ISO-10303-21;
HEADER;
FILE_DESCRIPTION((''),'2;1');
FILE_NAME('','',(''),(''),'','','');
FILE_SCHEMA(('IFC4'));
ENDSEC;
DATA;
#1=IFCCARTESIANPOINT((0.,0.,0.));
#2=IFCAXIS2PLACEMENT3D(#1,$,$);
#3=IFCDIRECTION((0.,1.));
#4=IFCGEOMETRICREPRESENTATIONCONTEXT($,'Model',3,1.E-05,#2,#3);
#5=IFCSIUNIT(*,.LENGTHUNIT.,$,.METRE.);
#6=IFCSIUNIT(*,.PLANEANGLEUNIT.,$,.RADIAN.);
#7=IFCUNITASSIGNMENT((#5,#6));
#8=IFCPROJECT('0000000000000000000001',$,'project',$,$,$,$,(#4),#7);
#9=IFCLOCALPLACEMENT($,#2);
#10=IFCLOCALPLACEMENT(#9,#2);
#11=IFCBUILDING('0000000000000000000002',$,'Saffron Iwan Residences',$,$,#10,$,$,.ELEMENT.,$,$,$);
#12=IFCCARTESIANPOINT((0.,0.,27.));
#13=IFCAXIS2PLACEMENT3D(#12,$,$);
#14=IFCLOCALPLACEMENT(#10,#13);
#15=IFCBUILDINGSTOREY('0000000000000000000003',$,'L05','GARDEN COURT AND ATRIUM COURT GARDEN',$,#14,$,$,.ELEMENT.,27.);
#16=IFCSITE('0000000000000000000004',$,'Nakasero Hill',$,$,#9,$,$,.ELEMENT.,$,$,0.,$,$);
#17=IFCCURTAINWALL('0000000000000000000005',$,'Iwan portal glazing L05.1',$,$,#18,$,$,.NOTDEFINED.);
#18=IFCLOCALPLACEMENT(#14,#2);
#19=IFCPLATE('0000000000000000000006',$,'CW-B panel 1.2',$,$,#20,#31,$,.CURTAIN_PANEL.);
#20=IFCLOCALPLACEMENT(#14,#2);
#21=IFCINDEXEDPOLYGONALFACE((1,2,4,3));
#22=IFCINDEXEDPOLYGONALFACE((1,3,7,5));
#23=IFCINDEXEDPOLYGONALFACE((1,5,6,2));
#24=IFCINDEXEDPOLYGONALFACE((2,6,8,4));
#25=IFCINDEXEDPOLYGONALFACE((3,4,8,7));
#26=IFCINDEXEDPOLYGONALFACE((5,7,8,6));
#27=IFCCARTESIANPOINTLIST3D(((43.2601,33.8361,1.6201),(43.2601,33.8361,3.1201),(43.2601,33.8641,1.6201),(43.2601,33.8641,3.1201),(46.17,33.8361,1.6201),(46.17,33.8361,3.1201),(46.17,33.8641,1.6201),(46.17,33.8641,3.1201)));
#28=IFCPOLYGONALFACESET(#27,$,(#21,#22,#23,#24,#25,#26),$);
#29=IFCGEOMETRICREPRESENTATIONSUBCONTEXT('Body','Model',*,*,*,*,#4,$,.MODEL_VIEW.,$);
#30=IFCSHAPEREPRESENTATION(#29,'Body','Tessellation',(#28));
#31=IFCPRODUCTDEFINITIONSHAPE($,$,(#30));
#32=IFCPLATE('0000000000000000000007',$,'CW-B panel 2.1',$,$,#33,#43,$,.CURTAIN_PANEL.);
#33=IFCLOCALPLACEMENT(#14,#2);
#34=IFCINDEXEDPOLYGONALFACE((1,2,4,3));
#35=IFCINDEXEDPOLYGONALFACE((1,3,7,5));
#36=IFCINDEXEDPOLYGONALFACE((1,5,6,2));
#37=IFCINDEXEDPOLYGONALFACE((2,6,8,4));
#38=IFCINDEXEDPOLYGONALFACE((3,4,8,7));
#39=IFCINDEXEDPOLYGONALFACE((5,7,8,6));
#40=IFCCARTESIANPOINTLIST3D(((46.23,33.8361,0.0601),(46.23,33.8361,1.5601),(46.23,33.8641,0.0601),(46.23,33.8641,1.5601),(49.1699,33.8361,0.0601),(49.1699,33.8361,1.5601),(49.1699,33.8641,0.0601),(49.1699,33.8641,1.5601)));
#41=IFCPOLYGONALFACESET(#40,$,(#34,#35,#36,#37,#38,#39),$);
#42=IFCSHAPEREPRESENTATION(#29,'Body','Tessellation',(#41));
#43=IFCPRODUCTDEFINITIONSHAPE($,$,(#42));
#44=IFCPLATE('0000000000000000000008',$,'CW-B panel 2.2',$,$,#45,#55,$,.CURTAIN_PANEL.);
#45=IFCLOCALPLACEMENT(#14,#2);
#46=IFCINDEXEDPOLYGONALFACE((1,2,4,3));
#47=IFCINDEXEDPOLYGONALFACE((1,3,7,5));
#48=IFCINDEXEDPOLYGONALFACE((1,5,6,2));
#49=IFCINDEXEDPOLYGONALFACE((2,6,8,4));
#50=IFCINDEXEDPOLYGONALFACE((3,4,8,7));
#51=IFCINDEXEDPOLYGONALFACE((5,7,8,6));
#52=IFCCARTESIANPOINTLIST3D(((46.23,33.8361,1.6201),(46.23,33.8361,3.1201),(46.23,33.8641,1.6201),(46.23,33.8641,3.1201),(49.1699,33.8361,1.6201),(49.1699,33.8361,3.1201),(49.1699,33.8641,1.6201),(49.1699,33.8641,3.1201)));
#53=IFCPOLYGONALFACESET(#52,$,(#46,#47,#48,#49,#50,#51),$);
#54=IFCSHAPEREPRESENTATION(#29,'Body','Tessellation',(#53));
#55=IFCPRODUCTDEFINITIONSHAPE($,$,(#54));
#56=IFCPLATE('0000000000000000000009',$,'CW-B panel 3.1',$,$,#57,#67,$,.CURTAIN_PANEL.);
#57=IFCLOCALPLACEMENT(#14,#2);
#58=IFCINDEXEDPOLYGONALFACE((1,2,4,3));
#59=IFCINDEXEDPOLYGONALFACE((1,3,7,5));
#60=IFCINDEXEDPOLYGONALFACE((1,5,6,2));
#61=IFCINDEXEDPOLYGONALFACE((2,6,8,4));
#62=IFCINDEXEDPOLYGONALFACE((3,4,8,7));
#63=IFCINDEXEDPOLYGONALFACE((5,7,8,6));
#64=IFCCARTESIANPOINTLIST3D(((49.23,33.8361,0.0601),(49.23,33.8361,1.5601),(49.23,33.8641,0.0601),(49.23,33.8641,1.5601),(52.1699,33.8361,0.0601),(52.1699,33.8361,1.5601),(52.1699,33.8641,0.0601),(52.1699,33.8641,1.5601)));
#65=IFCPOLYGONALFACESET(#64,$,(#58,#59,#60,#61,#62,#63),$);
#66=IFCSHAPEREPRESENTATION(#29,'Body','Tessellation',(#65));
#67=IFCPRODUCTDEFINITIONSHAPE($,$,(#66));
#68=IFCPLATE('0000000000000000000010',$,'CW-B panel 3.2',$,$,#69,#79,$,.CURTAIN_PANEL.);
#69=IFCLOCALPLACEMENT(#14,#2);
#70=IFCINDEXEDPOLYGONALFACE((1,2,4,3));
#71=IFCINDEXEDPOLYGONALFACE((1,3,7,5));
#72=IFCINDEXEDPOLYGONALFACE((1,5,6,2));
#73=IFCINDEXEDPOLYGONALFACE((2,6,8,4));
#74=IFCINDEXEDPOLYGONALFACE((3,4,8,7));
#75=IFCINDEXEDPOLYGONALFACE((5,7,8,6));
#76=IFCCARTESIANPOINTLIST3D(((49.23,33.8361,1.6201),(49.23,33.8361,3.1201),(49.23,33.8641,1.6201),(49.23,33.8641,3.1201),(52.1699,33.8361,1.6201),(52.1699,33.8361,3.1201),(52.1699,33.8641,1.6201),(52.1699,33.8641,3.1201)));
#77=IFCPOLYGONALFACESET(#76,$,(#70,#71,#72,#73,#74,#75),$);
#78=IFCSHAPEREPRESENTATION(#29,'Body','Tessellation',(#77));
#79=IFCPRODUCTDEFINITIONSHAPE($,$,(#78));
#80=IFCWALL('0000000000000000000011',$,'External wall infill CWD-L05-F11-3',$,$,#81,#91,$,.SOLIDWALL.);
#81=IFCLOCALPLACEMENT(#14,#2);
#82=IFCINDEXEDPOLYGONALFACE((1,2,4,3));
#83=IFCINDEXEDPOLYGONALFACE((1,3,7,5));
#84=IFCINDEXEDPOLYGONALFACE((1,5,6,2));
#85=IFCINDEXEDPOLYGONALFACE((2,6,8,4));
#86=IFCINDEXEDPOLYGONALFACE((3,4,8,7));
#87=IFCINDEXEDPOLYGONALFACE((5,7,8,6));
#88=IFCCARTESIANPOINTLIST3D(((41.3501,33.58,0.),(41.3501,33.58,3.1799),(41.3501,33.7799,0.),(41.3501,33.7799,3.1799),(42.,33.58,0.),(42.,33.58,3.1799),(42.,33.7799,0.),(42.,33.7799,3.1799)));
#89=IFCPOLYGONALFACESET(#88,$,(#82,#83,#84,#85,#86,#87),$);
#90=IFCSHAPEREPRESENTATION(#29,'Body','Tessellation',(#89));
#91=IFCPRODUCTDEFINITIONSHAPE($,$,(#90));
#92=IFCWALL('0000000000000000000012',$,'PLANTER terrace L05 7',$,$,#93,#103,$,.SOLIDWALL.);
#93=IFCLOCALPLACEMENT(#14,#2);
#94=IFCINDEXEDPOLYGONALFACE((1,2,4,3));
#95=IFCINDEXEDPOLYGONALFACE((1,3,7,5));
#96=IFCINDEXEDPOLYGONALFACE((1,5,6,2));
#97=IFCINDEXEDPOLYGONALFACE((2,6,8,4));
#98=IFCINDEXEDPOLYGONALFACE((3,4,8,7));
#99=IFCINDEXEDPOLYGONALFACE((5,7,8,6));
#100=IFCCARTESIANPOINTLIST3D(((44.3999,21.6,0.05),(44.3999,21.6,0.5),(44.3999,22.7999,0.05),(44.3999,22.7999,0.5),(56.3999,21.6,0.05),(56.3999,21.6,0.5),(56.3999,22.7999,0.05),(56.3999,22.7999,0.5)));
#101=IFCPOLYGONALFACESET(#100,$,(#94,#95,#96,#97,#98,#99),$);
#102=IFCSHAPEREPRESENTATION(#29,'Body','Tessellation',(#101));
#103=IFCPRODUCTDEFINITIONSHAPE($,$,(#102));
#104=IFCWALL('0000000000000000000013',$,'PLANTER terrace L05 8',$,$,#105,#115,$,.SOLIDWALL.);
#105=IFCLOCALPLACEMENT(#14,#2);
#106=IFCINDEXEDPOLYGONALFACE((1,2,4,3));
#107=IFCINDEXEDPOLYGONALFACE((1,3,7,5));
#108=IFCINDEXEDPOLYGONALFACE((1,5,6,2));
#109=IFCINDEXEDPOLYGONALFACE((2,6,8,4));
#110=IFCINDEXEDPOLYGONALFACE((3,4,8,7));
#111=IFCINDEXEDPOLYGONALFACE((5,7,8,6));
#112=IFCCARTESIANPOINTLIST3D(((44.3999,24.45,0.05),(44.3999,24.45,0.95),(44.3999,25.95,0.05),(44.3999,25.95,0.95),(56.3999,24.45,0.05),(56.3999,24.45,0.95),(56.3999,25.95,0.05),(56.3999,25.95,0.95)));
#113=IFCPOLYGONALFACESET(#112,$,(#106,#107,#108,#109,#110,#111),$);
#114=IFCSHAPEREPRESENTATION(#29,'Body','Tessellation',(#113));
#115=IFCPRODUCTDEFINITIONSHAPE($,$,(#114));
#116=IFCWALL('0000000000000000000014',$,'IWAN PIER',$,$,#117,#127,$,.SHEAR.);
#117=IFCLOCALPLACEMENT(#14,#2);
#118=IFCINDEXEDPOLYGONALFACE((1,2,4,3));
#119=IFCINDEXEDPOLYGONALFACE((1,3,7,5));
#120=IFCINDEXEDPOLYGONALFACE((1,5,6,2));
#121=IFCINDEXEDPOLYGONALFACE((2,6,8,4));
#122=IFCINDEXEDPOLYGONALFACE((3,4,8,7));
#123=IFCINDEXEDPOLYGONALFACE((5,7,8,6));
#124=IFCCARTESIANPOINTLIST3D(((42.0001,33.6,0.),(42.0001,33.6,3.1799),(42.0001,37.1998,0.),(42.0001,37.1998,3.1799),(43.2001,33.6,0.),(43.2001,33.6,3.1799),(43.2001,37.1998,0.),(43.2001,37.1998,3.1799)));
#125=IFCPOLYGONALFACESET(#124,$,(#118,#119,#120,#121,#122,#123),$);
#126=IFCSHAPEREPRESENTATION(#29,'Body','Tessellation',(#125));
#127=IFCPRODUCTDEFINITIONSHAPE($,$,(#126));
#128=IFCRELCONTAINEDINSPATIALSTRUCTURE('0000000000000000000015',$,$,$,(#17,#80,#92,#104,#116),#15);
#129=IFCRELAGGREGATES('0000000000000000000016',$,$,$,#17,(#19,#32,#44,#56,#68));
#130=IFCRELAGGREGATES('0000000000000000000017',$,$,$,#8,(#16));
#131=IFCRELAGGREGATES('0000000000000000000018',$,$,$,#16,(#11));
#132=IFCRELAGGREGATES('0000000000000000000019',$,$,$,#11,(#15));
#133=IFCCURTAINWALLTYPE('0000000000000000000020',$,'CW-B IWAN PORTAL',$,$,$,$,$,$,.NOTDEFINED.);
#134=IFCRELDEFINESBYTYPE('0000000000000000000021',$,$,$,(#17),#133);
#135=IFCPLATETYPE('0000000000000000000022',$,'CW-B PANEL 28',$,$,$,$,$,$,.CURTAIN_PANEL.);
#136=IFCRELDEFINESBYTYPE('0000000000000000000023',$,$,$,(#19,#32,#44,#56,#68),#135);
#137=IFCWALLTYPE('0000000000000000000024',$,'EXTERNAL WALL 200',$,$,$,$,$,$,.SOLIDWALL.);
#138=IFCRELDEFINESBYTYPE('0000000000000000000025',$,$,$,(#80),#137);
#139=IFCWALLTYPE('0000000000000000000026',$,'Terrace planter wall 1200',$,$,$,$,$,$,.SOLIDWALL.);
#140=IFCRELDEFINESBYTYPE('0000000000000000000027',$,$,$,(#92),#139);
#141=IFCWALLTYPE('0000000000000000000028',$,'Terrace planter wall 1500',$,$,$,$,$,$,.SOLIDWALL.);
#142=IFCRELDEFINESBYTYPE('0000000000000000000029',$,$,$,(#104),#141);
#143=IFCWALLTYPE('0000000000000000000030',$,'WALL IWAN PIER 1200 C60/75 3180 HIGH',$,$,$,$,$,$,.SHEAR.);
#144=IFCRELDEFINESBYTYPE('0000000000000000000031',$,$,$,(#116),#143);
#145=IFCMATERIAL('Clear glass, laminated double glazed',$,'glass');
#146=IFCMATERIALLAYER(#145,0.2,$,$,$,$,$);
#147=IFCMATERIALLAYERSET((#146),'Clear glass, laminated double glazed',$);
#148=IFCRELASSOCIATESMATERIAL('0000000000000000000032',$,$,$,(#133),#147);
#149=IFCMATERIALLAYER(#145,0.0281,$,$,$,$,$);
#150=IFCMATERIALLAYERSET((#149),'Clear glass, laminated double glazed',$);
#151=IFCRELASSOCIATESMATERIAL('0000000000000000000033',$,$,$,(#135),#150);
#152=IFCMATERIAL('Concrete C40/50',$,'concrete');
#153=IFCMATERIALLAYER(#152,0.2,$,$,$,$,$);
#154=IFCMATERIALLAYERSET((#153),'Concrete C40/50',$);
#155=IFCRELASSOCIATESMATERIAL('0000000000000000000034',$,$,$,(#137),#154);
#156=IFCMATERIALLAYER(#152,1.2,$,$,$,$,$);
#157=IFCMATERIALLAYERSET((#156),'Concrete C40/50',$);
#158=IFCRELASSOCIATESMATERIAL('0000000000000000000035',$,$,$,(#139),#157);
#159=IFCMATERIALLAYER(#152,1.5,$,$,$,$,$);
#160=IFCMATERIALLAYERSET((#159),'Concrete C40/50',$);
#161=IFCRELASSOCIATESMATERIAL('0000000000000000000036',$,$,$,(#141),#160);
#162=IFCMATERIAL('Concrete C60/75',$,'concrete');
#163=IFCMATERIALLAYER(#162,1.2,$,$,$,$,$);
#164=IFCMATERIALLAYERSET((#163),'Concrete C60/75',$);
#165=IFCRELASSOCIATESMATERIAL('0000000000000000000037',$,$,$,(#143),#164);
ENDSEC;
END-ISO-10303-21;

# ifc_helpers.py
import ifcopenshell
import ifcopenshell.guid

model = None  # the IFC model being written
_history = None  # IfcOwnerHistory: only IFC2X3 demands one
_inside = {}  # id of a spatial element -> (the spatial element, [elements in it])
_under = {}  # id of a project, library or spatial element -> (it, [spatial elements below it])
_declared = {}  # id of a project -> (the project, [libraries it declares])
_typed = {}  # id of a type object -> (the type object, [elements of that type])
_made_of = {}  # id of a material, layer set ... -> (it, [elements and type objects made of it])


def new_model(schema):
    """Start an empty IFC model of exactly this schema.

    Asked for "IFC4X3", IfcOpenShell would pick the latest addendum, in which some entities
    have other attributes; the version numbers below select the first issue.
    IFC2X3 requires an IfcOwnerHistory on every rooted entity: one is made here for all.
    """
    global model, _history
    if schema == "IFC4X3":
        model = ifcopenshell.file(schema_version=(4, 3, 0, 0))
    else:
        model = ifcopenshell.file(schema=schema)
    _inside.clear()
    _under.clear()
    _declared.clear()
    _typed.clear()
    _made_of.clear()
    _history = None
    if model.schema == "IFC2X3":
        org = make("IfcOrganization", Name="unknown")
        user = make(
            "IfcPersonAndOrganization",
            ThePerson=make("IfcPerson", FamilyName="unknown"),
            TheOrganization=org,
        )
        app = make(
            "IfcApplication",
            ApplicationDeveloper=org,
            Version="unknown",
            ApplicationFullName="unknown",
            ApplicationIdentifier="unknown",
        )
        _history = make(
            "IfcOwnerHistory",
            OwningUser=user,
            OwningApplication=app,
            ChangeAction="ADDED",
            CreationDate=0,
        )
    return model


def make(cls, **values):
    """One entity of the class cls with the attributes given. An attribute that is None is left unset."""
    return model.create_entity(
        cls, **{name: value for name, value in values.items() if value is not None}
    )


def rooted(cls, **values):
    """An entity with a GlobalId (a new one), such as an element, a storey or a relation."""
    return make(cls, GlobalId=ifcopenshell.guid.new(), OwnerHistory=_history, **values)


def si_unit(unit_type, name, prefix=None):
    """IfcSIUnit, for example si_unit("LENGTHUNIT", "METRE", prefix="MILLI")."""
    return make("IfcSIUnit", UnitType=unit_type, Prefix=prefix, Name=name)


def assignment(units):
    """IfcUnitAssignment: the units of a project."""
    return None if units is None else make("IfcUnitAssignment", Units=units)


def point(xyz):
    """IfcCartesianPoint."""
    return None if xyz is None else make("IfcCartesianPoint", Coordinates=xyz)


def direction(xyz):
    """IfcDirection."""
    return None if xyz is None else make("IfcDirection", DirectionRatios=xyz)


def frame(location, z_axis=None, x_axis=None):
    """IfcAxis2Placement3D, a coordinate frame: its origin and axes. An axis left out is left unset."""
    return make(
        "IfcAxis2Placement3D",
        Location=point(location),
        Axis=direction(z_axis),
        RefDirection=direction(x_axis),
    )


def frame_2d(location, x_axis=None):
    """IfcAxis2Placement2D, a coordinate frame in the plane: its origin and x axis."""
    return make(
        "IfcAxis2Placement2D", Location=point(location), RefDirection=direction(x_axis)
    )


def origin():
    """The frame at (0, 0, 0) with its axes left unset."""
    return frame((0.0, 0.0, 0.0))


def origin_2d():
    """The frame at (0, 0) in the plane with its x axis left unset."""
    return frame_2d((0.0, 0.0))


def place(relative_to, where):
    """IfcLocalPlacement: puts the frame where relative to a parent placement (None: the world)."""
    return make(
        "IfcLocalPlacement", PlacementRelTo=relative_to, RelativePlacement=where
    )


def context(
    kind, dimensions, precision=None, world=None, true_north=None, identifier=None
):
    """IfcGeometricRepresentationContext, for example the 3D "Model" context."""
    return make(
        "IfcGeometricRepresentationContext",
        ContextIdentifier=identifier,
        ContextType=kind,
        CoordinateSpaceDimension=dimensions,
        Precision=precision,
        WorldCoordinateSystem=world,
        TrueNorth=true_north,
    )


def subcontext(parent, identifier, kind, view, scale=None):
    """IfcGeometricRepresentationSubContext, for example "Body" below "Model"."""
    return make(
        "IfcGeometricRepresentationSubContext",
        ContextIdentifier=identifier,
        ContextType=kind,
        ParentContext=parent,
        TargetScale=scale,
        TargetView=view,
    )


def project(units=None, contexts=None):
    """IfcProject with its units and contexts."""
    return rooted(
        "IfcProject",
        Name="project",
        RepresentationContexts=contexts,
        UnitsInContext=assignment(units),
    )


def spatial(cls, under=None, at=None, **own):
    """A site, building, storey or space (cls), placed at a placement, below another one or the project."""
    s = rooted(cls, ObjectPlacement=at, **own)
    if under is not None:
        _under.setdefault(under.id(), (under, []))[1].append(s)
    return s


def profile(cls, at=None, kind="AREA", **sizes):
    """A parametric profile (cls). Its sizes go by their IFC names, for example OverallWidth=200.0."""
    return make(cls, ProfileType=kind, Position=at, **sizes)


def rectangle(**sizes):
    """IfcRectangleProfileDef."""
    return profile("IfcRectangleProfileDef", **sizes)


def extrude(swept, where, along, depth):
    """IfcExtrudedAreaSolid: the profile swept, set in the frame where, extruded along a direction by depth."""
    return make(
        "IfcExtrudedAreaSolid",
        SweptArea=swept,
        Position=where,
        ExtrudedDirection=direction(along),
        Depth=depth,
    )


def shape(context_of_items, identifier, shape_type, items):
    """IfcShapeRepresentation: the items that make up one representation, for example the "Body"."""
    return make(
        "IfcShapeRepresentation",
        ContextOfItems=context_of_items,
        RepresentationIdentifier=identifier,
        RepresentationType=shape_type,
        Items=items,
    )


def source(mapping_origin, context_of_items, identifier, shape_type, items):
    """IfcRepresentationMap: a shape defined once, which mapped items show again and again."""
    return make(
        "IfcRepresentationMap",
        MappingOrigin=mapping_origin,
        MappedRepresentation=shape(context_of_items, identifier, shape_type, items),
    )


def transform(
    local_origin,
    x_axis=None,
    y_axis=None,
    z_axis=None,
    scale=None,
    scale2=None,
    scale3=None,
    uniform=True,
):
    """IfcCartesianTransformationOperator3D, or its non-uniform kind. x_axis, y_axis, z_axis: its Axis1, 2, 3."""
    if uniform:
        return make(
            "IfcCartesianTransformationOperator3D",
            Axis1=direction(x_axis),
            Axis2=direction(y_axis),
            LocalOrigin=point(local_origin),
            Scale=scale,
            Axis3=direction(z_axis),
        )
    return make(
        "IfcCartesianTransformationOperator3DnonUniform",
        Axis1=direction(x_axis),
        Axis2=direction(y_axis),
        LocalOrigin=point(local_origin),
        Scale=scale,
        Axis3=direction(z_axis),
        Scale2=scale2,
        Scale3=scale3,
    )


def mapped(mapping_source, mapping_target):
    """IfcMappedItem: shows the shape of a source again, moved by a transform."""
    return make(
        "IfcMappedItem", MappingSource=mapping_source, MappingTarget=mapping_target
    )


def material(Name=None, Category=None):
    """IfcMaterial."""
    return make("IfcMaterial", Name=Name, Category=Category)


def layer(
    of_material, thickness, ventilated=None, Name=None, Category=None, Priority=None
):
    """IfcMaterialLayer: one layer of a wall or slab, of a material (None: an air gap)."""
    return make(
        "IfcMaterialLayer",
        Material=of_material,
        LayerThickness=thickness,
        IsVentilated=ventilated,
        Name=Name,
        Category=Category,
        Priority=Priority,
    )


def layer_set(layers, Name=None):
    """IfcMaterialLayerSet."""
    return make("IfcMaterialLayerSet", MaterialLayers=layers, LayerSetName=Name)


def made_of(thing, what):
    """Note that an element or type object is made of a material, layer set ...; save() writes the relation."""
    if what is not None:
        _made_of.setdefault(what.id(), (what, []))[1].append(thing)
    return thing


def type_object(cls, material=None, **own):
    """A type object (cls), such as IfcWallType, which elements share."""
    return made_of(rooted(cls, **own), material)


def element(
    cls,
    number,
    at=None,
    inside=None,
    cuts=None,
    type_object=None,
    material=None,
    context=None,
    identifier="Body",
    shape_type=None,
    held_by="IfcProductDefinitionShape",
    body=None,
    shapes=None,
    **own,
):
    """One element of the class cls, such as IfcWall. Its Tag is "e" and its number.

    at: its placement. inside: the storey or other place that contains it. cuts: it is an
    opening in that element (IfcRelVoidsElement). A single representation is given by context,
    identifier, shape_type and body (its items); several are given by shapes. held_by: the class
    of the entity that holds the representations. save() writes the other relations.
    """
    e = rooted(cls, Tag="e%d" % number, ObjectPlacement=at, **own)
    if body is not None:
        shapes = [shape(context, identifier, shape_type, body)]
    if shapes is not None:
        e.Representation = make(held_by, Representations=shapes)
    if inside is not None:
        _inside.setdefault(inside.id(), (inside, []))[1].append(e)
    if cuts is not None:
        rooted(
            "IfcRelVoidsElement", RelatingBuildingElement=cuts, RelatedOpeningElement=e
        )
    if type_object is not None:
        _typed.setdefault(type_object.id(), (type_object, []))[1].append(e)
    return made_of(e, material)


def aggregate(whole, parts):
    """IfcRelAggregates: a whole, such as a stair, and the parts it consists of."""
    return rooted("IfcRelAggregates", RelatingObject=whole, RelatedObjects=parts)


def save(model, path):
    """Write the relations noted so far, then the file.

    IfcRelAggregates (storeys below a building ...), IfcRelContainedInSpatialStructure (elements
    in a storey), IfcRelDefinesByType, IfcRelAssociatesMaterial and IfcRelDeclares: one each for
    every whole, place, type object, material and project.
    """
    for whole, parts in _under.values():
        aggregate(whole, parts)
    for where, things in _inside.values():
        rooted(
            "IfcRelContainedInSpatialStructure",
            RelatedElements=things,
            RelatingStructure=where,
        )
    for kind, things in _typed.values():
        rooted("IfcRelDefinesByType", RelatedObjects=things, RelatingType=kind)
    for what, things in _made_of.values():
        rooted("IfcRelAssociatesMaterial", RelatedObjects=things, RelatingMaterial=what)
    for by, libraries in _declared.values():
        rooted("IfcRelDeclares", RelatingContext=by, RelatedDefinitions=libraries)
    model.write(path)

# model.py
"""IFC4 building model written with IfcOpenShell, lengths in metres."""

from ifc_helpers import new_model, si_unit, direction, frame, frame_2d, origin, origin_2d, place, context, subcontext, project, spatial, rectangle, extrude, source, transform, mapped, material, layer, layer_set, type_object, element, aggregate, save


model = new_model("IFC4")

# Units and contexts
model_context = context("Model", 3, precision=1e-05, world=origin(), true_north=direction((0.0, 1.0)))
body_context = subcontext(model_context, "Body", "Model", "MODEL_VIEW")
ifc_project = project(units=[si_unit("LENGTHUNIT", "METRE"), si_unit("PLANEANGLEUNIT", "RADIAN")], contexts=[model_context])

# Site, building, storey
site_placement = place(None, origin())
site = spatial("IfcSite", under=ifc_project, at=site_placement, Name="Nakasero Hill", CompositionType="ELEMENT", RefElevation=0.0)
building_placement = place(site_placement, origin())
building = spatial("IfcBuilding", under=site, at=building_placement, Name="Saffron Iwan Residences", CompositionType="ELEMENT")
storey_placement = place(building_placement, frame((0.0, 0.0, 27.0)))
storey = spatial("IfcBuildingStorey", under=building, at=storey_placement, Name="L05", Description="GARDEN COURT AND ATRIUM COURT GARDEN", CompositionType="ELEMENT", Elevation=27.0)

# Shared definitions
ifc_material_1 = material(Name="Clear glass, laminated double glazed", Category="glass")

# Curtain wall, plates
ifc_layer_1 = layer(ifc_material_1, 0.2)
ifc_layer_set_1 = layer_set([ifc_layer_1], Name="Clear glass, laminated double glazed")
curtain_wall_type_1 = type_object("IfcCurtainWallType", Name="CW-B IWAN PORTAL", PredefinedType="NOTDEFINED", material=ifc_layer_set_1)
curtain_wall_1_placement = place(storey_placement, origin())
curtain_wall_1 = element("IfcCurtainWall", 1, at=curtain_wall_1_placement, inside=storey, type_object=curtain_wall_type_1, Name="Iwan portal glazing L05.1", PredefinedType="NOTDEFINED")
ifc_layer_2 = layer(ifc_material_1, 0.0281)
ifc_layer_set_2 = layer_set([ifc_layer_2], Name="Clear glass, laminated double glazed")
plate_type = type_object("IfcPlateType", Name="CW-B PANEL 28", PredefinedType="CURTAIN_PANEL", material=ifc_layer_set_2)
shared_shape_1 = source(origin(), body_context, "Body", "SweptSolid", [
    extrude(rectangle(XDim=2.9099, YDim=0.0281, at=origin_2d()), origin(), (0.0, 0.0, 1.0), 1.5),
])
plate_1_placement = place(storey_placement, frame((44.7151, 33.8501, 1.6201), z_axis=(0.0, 0.0, 1.0), x_axis=(1.0, 0.0, 0.0)))
plate_1 = element("IfcPlate", 2, at=plate_1_placement, type_object=plate_type, Name="CW-B panel 1.2", PredefinedType="CURTAIN_PANEL", context=body_context, shape_type="MappedRepresentation", body=[
    mapped(shared_shape_1, transform((0.0, 0.0, 0.0))),
])
shared_shape_2 = source(origin(), body_context, "Body", "SweptSolid", [
    extrude(rectangle(XDim=2.9399, YDim=0.0281, at=origin_2d()), origin(), (0.0, 0.0, 1.0), 1.5),
])
plate_2_placement = place(storey_placement, frame((47.7, 33.8501, 0.0601), z_axis=(0.0, 0.0, 1.0), x_axis=(1.0, 0.0, 0.0)))
plate_2 = element("IfcPlate", 3, at=plate_2_placement, type_object=plate_type, Name="CW-B panel 2.1", PredefinedType="CURTAIN_PANEL", context=body_context, shape_type="MappedRepresentation", body=[
    mapped(shared_shape_2, transform((0.0, 0.0, 0.0))),
])
plate_3_placement = place(storey_placement, frame((47.7, 33.8501, 1.6201), z_axis=(0.0, 0.0, 1.0), x_axis=(1.0, 0.0, 0.0)))
plate_3 = element("IfcPlate", 4, at=plate_3_placement, type_object=plate_type, Name="CW-B panel 2.2", PredefinedType="CURTAIN_PANEL", context=body_context, shape_type="MappedRepresentation", body=[
    mapped(shared_shape_2, transform((0.0, 0.0, 0.0))),
])
plate_4_placement = place(storey_placement, frame((50.7, 33.8501, 0.0601), z_axis=(0.0, 0.0, 1.0), x_axis=(1.0, 0.0, 0.0)))
plate_4 = element("IfcPlate", 5, at=plate_4_placement, type_object=plate_type, Name="CW-B panel 3.1", PredefinedType="CURTAIN_PANEL", context=body_context, shape_type="MappedRepresentation", body=[
    mapped(shared_shape_2, transform((0.0, 0.0, 0.0))),
])
plate_5_placement = place(storey_placement, frame((50.7, 33.8501, 1.6201), z_axis=(0.0, 0.0, 1.0), x_axis=(1.0, 0.0, 0.0)))
plate_5 = element("IfcPlate", 6, at=plate_5_placement, type_object=plate_type, Name="CW-B panel 3.2", PredefinedType="CURTAIN_PANEL", context=body_context, shape_type="MappedRepresentation", body=[
    mapped(shared_shape_2, transform((0.0, 0.0, 0.0))),
])
aggregate(curtain_wall_1, [plate_1, plate_2, plate_3, plate_4, plate_5])

# Walls
ifc_material_2 = material(Name="Concrete C40/50", Category="concrete")
ifc_layer_3 = layer(ifc_material_2, 0.2)
ifc_layer_set_3 = layer_set([ifc_layer_3], Name="Concrete C40/50")
wall_type_1 = type_object("IfcWallType", Name="EXTERNAL WALL 200", PredefinedType="SOLIDWALL", material=ifc_layer_set_3)
wall_1_placement = place(storey_placement, frame((41.3501, 33.6799, 0.0), z_axis=(0.0, 0.0, 1.0), x_axis=(1.0, 0.0, 0.0)))
element("IfcWall", 7, at=wall_1_placement, inside=storey, type_object=wall_type_1, Name="External wall infill CWD-L05-F11-3", PredefinedType="SOLIDWALL", context=body_context, shape_type="SweptSolid", body=[
    extrude(rectangle(XDim=0.6499, YDim=0.2, at=frame_2d((0.325, 0.0))), origin(), (0.0, 0.0, 1.0), 3.1799),
])
ifc_layer_4 = layer(ifc_material_2, 1.2)
ifc_layer_set_4 = layer_set([ifc_layer_4], Name="Concrete C40/50")
wall_type_2 = type_object("IfcWallType", Name="Terrace planter wall 1200", PredefinedType="SOLIDWALL", material=ifc_layer_set_4)
wall_2_placement = place(storey_placement, frame((44.3999, 22.2, 0.05), z_axis=(0.0, 0.0, 1.0), x_axis=(1.0, 0.0, 0.0)))
element("IfcWall", 8, at=wall_2_placement, inside=storey, type_object=wall_type_2, Name="PLANTER terrace L05 7", PredefinedType="SOLIDWALL", context=body_context, shape_type="SweptSolid", body=[
    extrude(rectangle(XDim=12.0, YDim=1.2, at=frame_2d((6.0, 0.0))), origin(), (0.0, 0.0, 1.0), 0.45),
])
ifc_layer_5 = layer(ifc_material_2, 1.5)
ifc_layer_set_5 = layer_set([ifc_layer_5], Name="Concrete C40/50")
wall_type_3 = type_object("IfcWallType", Name="Terrace planter wall 1500", PredefinedType="SOLIDWALL", material=ifc_layer_set_5)
wall_3_placement = place(storey_placement, frame((44.3999, 25.2, 0.05), z_axis=(0.0, 0.0, 1.0), x_axis=(1.0, 0.0, 0.0)))
element("IfcWall", 9, at=wall_3_placement, inside=storey, type_object=wall_type_3, Name="PLANTER terrace L05 8", PredefinedType="SOLIDWALL", context=body_context, shape_type="SweptSolid", body=[
    extrude(rectangle(XDim=12.0, YDim=1.5, at=frame_2d((6.0, 0.0))), origin(), (0.0, 0.0, 1.0), 0.8999),
])
ifc_material_3 = material(Name="Concrete C60/75", Category="concrete")
ifc_layer_6 = layer(ifc_material_3, 1.2)
ifc_layer_set_6 = layer_set([ifc_layer_6], Name="Concrete C60/75")
wall_type_4 = type_object("IfcWallType", Name="WALL IWAN PIER 1200 C60/75 3180 HIGH", PredefinedType="SHEAR", material=ifc_layer_set_6)
wall_4_placement = place(storey_placement, frame((42.6001, 33.6001, 0.0), z_axis=(0.0, 0.0, 1.0), x_axis=(0.0, 1.0, 0.0)))
element("IfcWall", 10, at=wall_4_placement, inside=storey, type_object=wall_type_4, Name="IWAN PIER", PredefinedType="SHEAR", context=body_context, shape_type="SweptSolid", body=[
    extrude(rectangle(XDim=3.5999, YDim=1.2, at=frame_2d((1.7998, 0.0))), origin(), (0.0, 0.0, 1.0), 3.1799),
])

save(model, "model.ifc")
